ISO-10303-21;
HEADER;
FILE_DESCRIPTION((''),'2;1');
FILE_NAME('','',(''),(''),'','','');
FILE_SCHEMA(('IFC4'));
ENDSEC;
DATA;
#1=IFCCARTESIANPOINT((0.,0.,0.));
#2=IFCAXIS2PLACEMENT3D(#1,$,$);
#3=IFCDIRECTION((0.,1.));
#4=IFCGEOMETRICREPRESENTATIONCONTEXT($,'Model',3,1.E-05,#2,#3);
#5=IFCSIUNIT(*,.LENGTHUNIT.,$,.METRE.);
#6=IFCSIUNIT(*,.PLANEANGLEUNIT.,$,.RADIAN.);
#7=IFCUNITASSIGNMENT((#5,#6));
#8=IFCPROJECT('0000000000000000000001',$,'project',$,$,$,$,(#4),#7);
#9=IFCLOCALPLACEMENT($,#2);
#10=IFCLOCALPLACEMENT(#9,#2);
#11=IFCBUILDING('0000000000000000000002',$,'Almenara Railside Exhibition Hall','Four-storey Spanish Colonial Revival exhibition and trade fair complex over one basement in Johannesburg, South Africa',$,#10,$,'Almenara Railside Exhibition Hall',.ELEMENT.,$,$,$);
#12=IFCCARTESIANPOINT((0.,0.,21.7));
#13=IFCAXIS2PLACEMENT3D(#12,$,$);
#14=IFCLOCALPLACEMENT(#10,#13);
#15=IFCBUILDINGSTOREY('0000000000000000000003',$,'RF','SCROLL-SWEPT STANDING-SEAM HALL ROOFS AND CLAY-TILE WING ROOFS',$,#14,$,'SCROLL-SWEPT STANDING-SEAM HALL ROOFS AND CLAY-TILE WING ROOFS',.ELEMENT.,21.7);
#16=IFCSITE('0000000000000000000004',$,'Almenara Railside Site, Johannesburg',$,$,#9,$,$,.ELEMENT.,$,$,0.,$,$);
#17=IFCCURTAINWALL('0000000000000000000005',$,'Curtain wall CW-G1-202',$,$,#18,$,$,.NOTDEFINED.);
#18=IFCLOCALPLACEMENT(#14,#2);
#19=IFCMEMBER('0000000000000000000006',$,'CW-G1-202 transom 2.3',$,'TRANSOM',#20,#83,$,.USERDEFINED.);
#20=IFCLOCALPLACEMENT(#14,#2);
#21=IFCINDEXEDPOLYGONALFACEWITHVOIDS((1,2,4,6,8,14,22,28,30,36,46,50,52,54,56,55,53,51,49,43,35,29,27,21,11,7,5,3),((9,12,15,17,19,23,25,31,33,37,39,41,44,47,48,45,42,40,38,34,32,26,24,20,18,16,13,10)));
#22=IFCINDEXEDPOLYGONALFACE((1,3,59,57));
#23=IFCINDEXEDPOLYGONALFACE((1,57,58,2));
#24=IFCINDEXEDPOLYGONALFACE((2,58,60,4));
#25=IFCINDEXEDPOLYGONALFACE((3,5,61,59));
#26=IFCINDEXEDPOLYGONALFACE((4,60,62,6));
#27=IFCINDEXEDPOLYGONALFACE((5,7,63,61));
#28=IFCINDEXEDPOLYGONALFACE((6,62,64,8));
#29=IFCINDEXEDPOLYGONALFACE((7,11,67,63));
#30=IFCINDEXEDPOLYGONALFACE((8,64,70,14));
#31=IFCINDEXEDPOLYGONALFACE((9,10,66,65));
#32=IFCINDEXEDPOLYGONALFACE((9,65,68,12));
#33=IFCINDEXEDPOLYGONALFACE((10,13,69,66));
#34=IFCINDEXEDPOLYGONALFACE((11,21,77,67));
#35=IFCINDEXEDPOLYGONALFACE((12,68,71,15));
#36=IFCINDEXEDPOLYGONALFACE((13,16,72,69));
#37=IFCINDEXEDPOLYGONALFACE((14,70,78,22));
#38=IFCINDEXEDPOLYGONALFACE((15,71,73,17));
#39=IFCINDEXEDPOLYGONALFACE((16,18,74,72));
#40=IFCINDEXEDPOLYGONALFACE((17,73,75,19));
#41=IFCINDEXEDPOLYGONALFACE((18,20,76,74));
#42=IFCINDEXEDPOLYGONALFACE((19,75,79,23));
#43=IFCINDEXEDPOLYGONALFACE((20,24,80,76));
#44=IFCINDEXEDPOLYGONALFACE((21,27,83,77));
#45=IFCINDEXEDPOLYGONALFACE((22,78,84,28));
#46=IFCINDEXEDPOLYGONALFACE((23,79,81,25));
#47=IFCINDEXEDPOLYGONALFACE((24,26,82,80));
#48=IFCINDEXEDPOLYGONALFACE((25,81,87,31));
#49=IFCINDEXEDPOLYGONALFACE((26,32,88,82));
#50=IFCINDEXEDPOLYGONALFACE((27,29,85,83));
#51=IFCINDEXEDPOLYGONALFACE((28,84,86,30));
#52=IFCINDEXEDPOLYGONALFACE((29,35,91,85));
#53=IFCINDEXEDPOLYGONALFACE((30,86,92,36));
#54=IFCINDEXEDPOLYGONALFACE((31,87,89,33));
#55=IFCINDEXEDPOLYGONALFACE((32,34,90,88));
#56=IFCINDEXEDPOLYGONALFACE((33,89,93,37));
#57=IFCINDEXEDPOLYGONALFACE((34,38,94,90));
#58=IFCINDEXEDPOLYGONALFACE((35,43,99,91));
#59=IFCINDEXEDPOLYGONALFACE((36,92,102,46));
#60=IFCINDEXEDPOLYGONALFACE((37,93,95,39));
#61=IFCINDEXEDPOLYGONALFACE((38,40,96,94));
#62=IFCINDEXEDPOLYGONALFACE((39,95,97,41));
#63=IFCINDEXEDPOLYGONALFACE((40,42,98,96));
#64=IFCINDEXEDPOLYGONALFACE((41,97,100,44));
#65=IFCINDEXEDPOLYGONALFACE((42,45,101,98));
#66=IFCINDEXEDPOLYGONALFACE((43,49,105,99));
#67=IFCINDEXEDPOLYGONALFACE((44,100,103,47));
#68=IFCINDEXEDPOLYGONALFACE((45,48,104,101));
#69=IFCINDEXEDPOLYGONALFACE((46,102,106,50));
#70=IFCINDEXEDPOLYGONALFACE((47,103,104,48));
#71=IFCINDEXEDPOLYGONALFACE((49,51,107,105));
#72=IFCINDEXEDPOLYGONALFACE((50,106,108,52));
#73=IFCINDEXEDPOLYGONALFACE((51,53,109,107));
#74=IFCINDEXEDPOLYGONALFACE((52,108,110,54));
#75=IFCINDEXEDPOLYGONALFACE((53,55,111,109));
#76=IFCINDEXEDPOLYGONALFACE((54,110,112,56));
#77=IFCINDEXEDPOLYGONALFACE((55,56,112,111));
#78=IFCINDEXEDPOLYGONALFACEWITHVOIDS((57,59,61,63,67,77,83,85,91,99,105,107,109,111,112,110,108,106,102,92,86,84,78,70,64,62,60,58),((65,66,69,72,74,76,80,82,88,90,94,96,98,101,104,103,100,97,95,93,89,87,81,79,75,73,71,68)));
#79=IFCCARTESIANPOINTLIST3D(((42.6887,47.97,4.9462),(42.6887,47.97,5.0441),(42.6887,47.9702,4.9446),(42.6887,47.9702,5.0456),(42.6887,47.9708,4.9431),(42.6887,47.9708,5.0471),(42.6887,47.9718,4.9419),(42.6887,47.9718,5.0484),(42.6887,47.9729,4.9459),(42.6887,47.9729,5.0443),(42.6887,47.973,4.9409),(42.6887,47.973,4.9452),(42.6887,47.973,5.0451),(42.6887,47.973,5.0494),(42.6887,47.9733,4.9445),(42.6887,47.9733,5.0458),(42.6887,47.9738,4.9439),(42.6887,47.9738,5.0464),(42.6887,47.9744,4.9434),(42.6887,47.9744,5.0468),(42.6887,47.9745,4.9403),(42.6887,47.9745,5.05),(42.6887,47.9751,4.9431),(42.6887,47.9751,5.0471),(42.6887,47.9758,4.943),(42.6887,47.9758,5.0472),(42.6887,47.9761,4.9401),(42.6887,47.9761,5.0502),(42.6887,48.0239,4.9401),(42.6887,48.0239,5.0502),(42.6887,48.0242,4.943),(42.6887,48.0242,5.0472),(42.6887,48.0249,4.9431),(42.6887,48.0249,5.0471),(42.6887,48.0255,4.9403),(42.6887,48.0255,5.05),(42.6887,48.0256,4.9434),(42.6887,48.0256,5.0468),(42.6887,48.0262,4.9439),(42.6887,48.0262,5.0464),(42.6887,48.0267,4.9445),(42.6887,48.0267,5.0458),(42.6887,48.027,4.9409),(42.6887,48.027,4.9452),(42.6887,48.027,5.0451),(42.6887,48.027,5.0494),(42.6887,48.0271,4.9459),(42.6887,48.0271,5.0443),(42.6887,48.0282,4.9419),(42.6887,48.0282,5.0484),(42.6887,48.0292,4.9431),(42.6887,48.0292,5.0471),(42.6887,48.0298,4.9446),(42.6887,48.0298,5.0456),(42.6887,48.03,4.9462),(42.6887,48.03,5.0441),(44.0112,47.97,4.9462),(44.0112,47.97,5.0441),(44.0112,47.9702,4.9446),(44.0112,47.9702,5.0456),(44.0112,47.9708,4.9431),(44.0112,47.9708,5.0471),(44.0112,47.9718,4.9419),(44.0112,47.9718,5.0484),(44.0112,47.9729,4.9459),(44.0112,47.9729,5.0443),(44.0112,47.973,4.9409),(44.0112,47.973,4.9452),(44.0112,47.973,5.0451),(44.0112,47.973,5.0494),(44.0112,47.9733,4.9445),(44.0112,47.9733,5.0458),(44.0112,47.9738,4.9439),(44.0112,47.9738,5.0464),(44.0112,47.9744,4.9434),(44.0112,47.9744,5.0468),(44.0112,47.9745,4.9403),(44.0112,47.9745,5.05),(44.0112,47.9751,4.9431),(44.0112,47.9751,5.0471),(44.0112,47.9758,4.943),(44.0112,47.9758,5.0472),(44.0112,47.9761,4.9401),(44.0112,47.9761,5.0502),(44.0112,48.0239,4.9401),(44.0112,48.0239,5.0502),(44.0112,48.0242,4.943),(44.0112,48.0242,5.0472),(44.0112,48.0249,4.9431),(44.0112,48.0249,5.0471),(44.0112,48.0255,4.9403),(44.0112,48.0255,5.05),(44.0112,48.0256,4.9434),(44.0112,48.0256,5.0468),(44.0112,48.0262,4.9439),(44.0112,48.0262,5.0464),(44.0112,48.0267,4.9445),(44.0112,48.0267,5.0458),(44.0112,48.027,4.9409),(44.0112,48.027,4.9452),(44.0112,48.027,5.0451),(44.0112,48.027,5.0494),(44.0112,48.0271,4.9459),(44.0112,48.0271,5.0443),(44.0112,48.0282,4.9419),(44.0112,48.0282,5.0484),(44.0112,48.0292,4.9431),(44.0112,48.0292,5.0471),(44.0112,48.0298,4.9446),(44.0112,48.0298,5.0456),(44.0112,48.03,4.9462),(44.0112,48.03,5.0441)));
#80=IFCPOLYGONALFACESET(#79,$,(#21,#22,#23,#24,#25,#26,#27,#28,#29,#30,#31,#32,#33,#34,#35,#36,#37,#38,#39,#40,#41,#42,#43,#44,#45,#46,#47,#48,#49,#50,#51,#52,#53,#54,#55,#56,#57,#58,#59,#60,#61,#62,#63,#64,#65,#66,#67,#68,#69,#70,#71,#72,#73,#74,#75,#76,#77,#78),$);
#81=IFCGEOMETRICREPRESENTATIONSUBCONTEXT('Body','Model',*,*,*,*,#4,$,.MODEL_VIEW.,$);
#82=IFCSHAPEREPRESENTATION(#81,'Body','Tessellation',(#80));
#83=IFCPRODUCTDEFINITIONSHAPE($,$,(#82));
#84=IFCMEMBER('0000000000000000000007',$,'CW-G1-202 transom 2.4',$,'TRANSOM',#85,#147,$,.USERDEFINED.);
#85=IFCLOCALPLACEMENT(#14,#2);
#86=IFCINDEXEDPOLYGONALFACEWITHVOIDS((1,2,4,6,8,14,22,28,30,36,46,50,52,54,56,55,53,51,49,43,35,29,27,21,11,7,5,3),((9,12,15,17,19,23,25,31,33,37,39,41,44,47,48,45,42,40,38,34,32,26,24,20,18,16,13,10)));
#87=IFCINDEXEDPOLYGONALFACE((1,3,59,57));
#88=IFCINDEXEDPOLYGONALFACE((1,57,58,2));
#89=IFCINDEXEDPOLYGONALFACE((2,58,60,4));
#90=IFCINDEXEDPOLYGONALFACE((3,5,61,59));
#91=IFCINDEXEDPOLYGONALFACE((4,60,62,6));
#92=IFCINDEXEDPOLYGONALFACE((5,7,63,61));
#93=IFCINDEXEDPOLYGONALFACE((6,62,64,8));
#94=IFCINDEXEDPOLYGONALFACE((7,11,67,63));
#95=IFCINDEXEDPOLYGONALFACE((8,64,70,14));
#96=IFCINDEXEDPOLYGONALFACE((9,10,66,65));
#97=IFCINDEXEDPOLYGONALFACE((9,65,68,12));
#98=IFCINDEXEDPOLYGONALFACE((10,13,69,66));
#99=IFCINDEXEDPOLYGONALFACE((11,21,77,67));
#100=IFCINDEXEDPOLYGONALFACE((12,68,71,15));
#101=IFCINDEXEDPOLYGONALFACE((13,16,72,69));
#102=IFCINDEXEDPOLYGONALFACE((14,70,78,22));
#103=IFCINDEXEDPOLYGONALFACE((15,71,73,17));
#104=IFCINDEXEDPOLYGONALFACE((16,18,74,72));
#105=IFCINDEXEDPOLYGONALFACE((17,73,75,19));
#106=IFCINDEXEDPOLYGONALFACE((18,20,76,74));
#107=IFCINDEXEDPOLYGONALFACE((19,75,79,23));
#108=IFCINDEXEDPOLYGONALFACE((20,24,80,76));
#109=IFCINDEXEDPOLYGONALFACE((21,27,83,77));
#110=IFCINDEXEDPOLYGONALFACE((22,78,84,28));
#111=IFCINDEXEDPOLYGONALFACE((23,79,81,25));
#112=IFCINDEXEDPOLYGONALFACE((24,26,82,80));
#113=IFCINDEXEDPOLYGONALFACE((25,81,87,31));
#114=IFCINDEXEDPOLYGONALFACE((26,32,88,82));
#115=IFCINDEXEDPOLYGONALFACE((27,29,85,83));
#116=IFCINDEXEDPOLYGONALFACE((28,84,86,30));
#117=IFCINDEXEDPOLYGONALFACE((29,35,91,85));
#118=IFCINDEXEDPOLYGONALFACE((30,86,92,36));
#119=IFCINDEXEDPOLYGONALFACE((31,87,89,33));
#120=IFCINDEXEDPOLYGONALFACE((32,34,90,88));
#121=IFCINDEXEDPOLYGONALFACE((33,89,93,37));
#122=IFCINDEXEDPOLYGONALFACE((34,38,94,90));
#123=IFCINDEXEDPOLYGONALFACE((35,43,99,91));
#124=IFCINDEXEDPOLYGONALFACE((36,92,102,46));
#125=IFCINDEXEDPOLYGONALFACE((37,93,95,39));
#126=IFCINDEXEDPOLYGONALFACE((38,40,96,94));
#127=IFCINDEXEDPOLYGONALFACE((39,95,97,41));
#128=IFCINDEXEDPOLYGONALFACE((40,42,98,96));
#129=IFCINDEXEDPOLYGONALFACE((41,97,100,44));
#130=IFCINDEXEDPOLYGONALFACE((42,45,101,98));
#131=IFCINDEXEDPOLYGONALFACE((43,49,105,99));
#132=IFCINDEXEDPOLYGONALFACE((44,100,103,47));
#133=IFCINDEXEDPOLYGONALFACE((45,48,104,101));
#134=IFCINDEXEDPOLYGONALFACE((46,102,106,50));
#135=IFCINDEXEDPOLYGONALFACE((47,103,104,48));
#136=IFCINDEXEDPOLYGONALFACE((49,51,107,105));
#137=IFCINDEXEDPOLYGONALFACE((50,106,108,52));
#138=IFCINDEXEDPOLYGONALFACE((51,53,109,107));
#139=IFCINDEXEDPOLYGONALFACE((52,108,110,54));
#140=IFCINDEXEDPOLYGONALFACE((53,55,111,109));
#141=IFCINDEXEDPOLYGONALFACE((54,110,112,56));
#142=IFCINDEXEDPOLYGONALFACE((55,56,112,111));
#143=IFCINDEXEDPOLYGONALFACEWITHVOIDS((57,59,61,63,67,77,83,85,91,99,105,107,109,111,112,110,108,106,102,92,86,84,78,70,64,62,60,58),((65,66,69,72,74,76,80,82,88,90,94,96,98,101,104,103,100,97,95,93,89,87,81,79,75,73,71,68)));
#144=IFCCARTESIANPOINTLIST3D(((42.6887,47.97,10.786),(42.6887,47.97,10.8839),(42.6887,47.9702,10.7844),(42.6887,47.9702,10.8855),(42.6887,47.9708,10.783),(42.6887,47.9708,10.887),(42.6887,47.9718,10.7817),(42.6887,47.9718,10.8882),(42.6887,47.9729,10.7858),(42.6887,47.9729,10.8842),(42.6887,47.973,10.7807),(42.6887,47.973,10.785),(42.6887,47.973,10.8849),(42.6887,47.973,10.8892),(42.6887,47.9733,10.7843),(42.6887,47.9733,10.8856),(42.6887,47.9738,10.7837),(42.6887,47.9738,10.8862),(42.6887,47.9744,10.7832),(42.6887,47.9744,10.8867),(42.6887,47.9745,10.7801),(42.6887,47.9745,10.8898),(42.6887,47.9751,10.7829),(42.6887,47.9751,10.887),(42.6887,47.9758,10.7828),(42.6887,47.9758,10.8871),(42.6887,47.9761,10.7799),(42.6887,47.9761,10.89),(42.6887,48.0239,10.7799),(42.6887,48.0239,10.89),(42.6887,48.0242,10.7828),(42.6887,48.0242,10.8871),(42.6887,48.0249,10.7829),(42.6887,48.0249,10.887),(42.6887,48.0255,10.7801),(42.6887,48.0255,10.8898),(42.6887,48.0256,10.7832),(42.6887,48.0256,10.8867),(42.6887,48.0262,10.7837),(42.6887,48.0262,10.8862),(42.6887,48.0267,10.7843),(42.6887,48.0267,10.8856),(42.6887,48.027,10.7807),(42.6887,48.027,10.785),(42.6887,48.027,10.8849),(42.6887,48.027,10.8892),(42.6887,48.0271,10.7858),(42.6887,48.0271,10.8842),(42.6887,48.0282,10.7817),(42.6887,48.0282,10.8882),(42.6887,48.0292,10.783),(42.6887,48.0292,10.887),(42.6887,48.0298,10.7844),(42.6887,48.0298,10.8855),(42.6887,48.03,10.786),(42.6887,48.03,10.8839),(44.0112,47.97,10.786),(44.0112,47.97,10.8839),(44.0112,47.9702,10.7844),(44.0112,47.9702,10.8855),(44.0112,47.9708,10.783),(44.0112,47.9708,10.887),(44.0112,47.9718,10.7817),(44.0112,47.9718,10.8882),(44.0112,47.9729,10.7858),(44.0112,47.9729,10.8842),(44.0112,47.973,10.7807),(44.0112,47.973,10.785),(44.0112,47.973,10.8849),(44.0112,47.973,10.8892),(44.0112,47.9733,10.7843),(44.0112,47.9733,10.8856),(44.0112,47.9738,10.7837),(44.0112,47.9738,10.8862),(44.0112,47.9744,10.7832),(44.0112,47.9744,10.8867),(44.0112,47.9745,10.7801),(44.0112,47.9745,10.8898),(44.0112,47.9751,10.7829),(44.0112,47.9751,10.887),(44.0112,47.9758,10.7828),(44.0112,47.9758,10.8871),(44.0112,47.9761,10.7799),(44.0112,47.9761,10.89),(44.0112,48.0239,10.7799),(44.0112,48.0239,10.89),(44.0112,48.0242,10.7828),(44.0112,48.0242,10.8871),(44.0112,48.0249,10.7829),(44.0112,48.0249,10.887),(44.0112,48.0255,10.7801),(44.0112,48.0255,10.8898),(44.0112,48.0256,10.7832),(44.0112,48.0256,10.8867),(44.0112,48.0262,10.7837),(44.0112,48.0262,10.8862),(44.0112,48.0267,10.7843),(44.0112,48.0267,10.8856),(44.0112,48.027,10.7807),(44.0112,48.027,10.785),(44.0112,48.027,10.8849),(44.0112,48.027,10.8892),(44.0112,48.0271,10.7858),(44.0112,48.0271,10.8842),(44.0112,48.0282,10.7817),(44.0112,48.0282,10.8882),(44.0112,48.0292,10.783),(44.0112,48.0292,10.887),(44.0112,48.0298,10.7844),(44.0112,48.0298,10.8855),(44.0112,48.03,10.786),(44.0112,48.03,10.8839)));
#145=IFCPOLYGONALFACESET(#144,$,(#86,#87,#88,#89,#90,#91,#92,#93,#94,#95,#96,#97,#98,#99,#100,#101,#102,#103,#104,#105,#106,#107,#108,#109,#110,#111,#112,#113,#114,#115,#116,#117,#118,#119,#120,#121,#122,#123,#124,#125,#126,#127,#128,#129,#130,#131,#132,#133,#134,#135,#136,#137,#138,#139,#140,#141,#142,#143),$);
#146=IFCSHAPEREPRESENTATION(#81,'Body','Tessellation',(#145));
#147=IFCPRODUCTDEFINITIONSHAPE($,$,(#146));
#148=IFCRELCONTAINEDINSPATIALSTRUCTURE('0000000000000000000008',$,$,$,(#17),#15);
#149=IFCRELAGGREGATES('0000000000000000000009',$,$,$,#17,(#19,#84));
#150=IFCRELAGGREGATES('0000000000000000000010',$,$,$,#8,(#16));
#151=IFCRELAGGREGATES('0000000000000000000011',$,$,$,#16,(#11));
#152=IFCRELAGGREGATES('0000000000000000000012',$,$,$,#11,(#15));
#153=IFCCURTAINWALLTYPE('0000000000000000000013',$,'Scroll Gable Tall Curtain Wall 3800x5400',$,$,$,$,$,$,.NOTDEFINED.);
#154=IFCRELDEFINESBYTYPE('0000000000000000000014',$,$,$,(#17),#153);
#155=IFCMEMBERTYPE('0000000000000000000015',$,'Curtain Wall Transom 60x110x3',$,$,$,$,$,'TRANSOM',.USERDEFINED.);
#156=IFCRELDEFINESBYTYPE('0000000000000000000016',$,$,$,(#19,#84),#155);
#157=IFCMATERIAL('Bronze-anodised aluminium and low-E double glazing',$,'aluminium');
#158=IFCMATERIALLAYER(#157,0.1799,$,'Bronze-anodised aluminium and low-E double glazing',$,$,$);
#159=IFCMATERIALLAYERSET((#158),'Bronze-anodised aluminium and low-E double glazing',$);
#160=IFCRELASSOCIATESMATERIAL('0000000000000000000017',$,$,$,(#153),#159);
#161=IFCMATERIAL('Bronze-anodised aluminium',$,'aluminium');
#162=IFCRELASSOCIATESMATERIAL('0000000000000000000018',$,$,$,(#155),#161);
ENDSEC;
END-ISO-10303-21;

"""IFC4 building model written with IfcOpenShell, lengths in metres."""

from ifc_helpers import new_model, si_unit, direction, frame, origin, origin_2d, place, context, subcontext, project, spatial, hollow_rectangle, extrude, material, layer, layer_set, material_profile, profile_set, type_object, element, aggregate, save


model = new_model("IFC4")

# Units and contexts
model_context = context("Model", 3, precision=1e-05, world=origin(), true_north=direction((0.0, 1.0)))
body_context = subcontext(model_context, "Body", "Model", "MODEL_VIEW")
ifc_project = project(units=[si_unit("LENGTHUNIT", "METRE"), si_unit("PLANEANGLEUNIT", "RADIAN")], contexts=[model_context])

# Site, building, storey
site_placement = place(None, origin())
site = spatial("IfcSite", under=ifc_project, at=site_placement, Name="Almenara Railside Site, Johannesburg", CompositionType="ELEMENT", RefElevation=0.0)
building_placement = place(site_placement, origin())
building = spatial("IfcBuilding", under=site, at=building_placement, Name="Almenara Railside Exhibition Hall", Description="Four-storey Spanish Colonial Revival exhibition and trade fair complex over one basement in Johannesburg, South Africa", LongName="Almenara Railside Exhibition Hall", CompositionType="ELEMENT")
storey_placement = place(building_placement, frame((0.0, 0.0, 21.7)))
storey = spatial("IfcBuildingStorey", under=building, at=storey_placement, Name="RF", Description="SCROLL-SWEPT STANDING-SEAM HALL ROOFS AND CLAY-TILE WING ROOFS", LongName="SCROLL-SWEPT STANDING-SEAM HALL ROOFS AND CLAY-TILE WING ROOFS", CompositionType="ELEMENT", Elevation=21.7)

# Shared definitions
ifc_material_1 = material(Name="Bronze-anodised aluminium and low-E double glazing", Category="aluminium")
ifc_layer_1 = layer(ifc_material_1, 0.1799, Name="Bronze-anodised aluminium and low-E double glazing")
ifc_layer_set_1 = layer_set([ifc_layer_1], Name="Bronze-anodised aluminium and low-E double glazing")
curtain_wall_type = type_object("IfcCurtainWallType", Name="Scroll Gable Tall Curtain Wall 3800x5400", PredefinedType="NOTDEFINED", material=ifc_layer_set_1)
ifc_material_2 = material(Name="Bronze-anodised aluminium", Category="aluminium")

# Curtain wall
curtain_wall_1_placement = place(storey_placement, origin())
curtain_wall_1 = element("IfcCurtainWall", 1, at=curtain_wall_1_placement, inside=storey, type_object=curtain_wall_type, Name="Curtain wall CW-G1-202", PredefinedType="NOTDEFINED")

# Members
ifc_material_profile_1 = material_profile(ifc_material_2, hollow_rectangle(XDim=0.0601, YDim=0.1101, WallThickness=0.0029, InnerFilletRadius=0.0029, OuterFilletRadius=0.0061, at=origin_2d()), Name="ALU-TRN 60x110x3")
ifc_profile_set_1 = profile_set([ifc_material_profile_1], Name="Bronze-anodised aluminium")
member_type_1 = type_object("IfcMemberType", Name="Curtain Wall Transom 60x110x3", ElementType="TRANSOM", PredefinedType="USERDEFINED", material=ifc_profile_set_1)
member_1_placement = place(storey_placement, frame((42.6887, 48.0, 4.9951), z_axis=(1.0, 0.0, 0.0), x_axis=(0.0, 1.0, 0.0)))
member_1 = element("IfcMember", 2, at=member_1_placement, type_object=member_type_1, Name="CW-G1-202 transom 2.3", ObjectType="TRANSOM", PredefinedType="USERDEFINED", context=body_context, shape_type="SweptSolid", body=[
    extrude(hollow_rectangle(XDim=0.0601, YDim=0.1101, WallThickness=0.0029, InnerFilletRadius=0.0029, OuterFilletRadius=0.0061, at=origin_2d()), origin(), (0.0, 0.0, 1.0), 1.3225),
])
member_2_placement = place(storey_placement, frame((42.6887, 48.0, 10.835), z_axis=(1.0, 0.0, 0.0), x_axis=(0.0, 1.0, 0.0)))
member_2 = element("IfcMember", 3, at=member_2_placement, type_object=member_type_1, Name="CW-G1-202 transom 2.4", ObjectType="TRANSOM", PredefinedType="USERDEFINED", context=body_context, shape_type="SweptSolid", body=[
    extrude(hollow_rectangle(XDim=0.0601, YDim=0.1101, WallThickness=0.0029, InnerFilletRadius=0.0029, OuterFilletRadius=0.0061, at=origin_2d()), origin(), (0.0, 0.0, 1.0), 1.3225),
])

aggregate(curtain_wall_1, [member_1, member_2])

save(model, "model.ifc")
